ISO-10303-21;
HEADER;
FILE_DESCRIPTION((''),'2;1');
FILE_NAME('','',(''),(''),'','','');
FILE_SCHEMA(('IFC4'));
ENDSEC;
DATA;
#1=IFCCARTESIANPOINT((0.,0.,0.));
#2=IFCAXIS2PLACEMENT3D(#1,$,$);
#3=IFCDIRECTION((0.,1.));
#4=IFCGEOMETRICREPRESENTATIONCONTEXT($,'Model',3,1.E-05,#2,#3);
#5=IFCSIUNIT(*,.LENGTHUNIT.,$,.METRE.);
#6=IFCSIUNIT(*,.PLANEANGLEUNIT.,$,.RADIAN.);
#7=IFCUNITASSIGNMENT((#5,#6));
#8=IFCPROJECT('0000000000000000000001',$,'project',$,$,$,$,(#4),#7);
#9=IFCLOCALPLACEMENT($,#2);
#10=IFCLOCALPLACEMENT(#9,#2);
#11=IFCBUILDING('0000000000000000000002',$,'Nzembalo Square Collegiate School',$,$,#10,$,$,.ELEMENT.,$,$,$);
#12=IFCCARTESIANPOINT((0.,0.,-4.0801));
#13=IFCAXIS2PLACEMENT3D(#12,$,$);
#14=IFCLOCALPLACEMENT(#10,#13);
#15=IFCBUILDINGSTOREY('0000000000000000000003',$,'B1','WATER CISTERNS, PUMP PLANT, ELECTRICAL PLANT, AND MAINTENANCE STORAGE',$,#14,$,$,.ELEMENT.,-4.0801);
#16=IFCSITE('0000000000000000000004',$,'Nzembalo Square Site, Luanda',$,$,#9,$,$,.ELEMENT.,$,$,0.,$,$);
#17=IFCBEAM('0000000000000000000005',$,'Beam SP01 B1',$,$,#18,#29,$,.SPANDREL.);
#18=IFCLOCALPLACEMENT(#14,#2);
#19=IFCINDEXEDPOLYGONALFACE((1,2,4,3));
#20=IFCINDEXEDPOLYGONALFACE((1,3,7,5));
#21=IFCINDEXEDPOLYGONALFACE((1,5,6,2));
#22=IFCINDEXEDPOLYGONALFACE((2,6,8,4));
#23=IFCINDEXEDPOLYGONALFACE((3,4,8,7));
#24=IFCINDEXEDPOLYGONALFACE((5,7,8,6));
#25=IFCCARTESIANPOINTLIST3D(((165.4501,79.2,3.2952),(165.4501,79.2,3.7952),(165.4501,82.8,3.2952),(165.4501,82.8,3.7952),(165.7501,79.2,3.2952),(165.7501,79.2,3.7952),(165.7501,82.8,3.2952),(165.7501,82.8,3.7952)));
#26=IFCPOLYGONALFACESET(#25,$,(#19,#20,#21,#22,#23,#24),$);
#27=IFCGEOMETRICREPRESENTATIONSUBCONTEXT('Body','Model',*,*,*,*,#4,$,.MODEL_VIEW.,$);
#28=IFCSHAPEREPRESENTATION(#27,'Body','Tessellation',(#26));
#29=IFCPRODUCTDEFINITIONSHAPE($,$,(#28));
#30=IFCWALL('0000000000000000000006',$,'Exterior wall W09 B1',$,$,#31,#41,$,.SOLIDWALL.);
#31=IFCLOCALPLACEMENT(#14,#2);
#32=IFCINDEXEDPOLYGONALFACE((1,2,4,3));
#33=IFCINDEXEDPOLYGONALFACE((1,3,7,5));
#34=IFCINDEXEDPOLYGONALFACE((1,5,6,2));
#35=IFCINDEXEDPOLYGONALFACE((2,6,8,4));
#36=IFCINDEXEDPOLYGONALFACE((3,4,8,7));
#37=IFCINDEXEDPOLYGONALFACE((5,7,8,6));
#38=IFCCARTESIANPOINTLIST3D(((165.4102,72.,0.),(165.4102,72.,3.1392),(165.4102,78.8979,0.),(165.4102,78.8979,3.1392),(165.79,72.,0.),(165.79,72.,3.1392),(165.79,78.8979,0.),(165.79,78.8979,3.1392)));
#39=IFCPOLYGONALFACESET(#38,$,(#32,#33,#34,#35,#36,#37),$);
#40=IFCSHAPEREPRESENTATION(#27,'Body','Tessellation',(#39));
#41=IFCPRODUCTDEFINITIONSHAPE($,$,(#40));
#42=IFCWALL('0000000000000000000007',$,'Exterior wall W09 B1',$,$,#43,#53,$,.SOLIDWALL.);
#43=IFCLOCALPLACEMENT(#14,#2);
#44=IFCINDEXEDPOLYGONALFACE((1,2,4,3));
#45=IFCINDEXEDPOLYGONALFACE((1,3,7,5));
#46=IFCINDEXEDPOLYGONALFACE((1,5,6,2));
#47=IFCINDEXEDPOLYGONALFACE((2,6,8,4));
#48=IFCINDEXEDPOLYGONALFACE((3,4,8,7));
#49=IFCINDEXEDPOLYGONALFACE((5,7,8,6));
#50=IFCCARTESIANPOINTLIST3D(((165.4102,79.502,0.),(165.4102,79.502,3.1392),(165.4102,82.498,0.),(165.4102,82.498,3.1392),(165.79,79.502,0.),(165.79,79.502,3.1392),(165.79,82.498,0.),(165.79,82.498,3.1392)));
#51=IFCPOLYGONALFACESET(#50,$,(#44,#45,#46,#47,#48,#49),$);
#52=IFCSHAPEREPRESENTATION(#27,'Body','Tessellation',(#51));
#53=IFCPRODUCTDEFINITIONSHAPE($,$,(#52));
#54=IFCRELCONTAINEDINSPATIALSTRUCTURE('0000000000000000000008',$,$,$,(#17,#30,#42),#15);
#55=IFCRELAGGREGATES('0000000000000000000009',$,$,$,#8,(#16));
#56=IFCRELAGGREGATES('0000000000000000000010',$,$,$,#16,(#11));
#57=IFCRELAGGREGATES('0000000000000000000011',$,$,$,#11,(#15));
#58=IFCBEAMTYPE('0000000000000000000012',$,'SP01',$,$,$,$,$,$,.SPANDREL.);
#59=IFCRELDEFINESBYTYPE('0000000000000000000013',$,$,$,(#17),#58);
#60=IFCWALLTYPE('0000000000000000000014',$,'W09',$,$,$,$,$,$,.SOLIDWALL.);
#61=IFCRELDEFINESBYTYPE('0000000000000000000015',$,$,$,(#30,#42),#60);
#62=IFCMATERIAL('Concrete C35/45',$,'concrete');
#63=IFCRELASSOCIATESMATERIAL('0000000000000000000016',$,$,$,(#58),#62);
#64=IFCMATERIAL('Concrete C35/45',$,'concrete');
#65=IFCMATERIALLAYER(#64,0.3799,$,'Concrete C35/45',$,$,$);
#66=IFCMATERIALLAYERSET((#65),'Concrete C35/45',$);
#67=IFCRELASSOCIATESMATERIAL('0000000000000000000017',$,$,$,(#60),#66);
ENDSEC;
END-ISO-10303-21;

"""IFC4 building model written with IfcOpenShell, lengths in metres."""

from ifc_helpers import new_model, si_unit, direction, frame, frame_2d, origin, origin_2d, place, context, subcontext, project, spatial, rectangle, extrude, material, layer, layer_set, material_profile, profile_set, type_object, element, save


model = new_model("IFC4")

# Units and contexts
model_context = context("Model", 3, precision=1e-05, world=origin(), true_north=direction((0.0, 1.0)))
body_context = subcontext(model_context, "Body", "Model", "MODEL_VIEW")
ifc_project = project(units=[si_unit("LENGTHUNIT", "METRE"), si_unit("PLANEANGLEUNIT", "RADIAN")], contexts=[model_context])

# Site, building, storey
site_placement = place(None, origin())
site = spatial("IfcSite", under=ifc_project, at=site_placement, Name="Nzembalo Square Site, Luanda", CompositionType="ELEMENT", RefElevation=0.0)
building_placement = place(site_placement, origin())
building = spatial("IfcBuilding", under=site, at=building_placement, Name="Nzembalo Square Collegiate School", CompositionType="ELEMENT")
storey_placement = place(building_placement, frame((0.0, 0.0, -4.0801)))
storey = spatial("IfcBuildingStorey", under=building, at=storey_placement, Name="B1", Description="WATER CISTERNS, PUMP PLANT, ELECTRICAL PLANT, AND MAINTENANCE STORAGE", CompositionType="ELEMENT", Elevation=-4.0801)

# Beam
ifc_material_1 = material(Name="Concrete C35/45", Category="concrete")
ifc_material_profile_1 = material_profile(ifc_material_1, rectangle(XDim=0.3, YDim=0.5, at=origin_2d()), Name="RC 300x500")
ifc_profile_set_1 = profile_set([ifc_material_profile_1], Name="Concrete C35/45")
beam_type_1 = type_object("IfcBeamType", Name="SP01", PredefinedType="SPANDREL", material=ifc_profile_set_1)
beam_1_placement = place(storey_placement, frame((165.6001, 79.2, 3.5452), z_axis=(0.0, 1.0, 0.0), x_axis=(-1.0, 0.0, 0.0)))
element("IfcBeam", 1, at=beam_1_placement, inside=storey, type_object=beam_type_1, Name="Beam SP01 B1", PredefinedType="SPANDREL", context=body_context, shape_type="SweptSolid", body=[
    extrude(rectangle(XDim=0.3, YDim=0.5, at=origin_2d()), origin(), (0.0, 0.0, 1.0), 3.6001),
])

# Walls
ifc_material_2 = material(Name="Concrete C35/45", Category="concrete")
ifc_layer = layer(ifc_material_2, 0.3799, Name="Concrete C35/45")
ifc_layer_set = layer_set([ifc_layer], Name="Concrete C35/45")
wall_type = type_object("IfcWallType", Name="W09", PredefinedType="SOLIDWALL", material=ifc_layer_set)
wall_1_placement = place(storey_placement, frame((165.6001, 72.0, 0.0), z_axis=(0.0, 0.0, 1.0), x_axis=(0.0, 1.0, 0.0)))
element("IfcWall", 2, at=wall_1_placement, inside=storey, type_object=wall_type, Name="Exterior wall W09 B1", PredefinedType="SOLIDWALL", context=body_context, shape_type="SweptSolid", body=[
    extrude(rectangle(XDim=6.8979, YDim=0.3799, at=frame_2d((3.449, 0.0))), origin(), (0.0, 0.0, 1.0), 3.1392),
])
wall_2_placement = place(storey_placement, frame((165.6001, 79.502, 0.0), z_axis=(0.0, 0.0, 1.0), x_axis=(0.0, 1.0, 0.0)))
element("IfcWall", 3, at=wall_2_placement, inside=storey, type_object=wall_type, Name="Exterior wall W09 B1", PredefinedType="SOLIDWALL", context=body_context, shape_type="SweptSolid", body=[
    extrude(rectangle(XDim=2.9961, YDim=0.3799, at=frame_2d((1.498, 0.0))), origin(), (0.0, 0.0, 1.0), 3.1392),
])

save(model, "model.ifc")
